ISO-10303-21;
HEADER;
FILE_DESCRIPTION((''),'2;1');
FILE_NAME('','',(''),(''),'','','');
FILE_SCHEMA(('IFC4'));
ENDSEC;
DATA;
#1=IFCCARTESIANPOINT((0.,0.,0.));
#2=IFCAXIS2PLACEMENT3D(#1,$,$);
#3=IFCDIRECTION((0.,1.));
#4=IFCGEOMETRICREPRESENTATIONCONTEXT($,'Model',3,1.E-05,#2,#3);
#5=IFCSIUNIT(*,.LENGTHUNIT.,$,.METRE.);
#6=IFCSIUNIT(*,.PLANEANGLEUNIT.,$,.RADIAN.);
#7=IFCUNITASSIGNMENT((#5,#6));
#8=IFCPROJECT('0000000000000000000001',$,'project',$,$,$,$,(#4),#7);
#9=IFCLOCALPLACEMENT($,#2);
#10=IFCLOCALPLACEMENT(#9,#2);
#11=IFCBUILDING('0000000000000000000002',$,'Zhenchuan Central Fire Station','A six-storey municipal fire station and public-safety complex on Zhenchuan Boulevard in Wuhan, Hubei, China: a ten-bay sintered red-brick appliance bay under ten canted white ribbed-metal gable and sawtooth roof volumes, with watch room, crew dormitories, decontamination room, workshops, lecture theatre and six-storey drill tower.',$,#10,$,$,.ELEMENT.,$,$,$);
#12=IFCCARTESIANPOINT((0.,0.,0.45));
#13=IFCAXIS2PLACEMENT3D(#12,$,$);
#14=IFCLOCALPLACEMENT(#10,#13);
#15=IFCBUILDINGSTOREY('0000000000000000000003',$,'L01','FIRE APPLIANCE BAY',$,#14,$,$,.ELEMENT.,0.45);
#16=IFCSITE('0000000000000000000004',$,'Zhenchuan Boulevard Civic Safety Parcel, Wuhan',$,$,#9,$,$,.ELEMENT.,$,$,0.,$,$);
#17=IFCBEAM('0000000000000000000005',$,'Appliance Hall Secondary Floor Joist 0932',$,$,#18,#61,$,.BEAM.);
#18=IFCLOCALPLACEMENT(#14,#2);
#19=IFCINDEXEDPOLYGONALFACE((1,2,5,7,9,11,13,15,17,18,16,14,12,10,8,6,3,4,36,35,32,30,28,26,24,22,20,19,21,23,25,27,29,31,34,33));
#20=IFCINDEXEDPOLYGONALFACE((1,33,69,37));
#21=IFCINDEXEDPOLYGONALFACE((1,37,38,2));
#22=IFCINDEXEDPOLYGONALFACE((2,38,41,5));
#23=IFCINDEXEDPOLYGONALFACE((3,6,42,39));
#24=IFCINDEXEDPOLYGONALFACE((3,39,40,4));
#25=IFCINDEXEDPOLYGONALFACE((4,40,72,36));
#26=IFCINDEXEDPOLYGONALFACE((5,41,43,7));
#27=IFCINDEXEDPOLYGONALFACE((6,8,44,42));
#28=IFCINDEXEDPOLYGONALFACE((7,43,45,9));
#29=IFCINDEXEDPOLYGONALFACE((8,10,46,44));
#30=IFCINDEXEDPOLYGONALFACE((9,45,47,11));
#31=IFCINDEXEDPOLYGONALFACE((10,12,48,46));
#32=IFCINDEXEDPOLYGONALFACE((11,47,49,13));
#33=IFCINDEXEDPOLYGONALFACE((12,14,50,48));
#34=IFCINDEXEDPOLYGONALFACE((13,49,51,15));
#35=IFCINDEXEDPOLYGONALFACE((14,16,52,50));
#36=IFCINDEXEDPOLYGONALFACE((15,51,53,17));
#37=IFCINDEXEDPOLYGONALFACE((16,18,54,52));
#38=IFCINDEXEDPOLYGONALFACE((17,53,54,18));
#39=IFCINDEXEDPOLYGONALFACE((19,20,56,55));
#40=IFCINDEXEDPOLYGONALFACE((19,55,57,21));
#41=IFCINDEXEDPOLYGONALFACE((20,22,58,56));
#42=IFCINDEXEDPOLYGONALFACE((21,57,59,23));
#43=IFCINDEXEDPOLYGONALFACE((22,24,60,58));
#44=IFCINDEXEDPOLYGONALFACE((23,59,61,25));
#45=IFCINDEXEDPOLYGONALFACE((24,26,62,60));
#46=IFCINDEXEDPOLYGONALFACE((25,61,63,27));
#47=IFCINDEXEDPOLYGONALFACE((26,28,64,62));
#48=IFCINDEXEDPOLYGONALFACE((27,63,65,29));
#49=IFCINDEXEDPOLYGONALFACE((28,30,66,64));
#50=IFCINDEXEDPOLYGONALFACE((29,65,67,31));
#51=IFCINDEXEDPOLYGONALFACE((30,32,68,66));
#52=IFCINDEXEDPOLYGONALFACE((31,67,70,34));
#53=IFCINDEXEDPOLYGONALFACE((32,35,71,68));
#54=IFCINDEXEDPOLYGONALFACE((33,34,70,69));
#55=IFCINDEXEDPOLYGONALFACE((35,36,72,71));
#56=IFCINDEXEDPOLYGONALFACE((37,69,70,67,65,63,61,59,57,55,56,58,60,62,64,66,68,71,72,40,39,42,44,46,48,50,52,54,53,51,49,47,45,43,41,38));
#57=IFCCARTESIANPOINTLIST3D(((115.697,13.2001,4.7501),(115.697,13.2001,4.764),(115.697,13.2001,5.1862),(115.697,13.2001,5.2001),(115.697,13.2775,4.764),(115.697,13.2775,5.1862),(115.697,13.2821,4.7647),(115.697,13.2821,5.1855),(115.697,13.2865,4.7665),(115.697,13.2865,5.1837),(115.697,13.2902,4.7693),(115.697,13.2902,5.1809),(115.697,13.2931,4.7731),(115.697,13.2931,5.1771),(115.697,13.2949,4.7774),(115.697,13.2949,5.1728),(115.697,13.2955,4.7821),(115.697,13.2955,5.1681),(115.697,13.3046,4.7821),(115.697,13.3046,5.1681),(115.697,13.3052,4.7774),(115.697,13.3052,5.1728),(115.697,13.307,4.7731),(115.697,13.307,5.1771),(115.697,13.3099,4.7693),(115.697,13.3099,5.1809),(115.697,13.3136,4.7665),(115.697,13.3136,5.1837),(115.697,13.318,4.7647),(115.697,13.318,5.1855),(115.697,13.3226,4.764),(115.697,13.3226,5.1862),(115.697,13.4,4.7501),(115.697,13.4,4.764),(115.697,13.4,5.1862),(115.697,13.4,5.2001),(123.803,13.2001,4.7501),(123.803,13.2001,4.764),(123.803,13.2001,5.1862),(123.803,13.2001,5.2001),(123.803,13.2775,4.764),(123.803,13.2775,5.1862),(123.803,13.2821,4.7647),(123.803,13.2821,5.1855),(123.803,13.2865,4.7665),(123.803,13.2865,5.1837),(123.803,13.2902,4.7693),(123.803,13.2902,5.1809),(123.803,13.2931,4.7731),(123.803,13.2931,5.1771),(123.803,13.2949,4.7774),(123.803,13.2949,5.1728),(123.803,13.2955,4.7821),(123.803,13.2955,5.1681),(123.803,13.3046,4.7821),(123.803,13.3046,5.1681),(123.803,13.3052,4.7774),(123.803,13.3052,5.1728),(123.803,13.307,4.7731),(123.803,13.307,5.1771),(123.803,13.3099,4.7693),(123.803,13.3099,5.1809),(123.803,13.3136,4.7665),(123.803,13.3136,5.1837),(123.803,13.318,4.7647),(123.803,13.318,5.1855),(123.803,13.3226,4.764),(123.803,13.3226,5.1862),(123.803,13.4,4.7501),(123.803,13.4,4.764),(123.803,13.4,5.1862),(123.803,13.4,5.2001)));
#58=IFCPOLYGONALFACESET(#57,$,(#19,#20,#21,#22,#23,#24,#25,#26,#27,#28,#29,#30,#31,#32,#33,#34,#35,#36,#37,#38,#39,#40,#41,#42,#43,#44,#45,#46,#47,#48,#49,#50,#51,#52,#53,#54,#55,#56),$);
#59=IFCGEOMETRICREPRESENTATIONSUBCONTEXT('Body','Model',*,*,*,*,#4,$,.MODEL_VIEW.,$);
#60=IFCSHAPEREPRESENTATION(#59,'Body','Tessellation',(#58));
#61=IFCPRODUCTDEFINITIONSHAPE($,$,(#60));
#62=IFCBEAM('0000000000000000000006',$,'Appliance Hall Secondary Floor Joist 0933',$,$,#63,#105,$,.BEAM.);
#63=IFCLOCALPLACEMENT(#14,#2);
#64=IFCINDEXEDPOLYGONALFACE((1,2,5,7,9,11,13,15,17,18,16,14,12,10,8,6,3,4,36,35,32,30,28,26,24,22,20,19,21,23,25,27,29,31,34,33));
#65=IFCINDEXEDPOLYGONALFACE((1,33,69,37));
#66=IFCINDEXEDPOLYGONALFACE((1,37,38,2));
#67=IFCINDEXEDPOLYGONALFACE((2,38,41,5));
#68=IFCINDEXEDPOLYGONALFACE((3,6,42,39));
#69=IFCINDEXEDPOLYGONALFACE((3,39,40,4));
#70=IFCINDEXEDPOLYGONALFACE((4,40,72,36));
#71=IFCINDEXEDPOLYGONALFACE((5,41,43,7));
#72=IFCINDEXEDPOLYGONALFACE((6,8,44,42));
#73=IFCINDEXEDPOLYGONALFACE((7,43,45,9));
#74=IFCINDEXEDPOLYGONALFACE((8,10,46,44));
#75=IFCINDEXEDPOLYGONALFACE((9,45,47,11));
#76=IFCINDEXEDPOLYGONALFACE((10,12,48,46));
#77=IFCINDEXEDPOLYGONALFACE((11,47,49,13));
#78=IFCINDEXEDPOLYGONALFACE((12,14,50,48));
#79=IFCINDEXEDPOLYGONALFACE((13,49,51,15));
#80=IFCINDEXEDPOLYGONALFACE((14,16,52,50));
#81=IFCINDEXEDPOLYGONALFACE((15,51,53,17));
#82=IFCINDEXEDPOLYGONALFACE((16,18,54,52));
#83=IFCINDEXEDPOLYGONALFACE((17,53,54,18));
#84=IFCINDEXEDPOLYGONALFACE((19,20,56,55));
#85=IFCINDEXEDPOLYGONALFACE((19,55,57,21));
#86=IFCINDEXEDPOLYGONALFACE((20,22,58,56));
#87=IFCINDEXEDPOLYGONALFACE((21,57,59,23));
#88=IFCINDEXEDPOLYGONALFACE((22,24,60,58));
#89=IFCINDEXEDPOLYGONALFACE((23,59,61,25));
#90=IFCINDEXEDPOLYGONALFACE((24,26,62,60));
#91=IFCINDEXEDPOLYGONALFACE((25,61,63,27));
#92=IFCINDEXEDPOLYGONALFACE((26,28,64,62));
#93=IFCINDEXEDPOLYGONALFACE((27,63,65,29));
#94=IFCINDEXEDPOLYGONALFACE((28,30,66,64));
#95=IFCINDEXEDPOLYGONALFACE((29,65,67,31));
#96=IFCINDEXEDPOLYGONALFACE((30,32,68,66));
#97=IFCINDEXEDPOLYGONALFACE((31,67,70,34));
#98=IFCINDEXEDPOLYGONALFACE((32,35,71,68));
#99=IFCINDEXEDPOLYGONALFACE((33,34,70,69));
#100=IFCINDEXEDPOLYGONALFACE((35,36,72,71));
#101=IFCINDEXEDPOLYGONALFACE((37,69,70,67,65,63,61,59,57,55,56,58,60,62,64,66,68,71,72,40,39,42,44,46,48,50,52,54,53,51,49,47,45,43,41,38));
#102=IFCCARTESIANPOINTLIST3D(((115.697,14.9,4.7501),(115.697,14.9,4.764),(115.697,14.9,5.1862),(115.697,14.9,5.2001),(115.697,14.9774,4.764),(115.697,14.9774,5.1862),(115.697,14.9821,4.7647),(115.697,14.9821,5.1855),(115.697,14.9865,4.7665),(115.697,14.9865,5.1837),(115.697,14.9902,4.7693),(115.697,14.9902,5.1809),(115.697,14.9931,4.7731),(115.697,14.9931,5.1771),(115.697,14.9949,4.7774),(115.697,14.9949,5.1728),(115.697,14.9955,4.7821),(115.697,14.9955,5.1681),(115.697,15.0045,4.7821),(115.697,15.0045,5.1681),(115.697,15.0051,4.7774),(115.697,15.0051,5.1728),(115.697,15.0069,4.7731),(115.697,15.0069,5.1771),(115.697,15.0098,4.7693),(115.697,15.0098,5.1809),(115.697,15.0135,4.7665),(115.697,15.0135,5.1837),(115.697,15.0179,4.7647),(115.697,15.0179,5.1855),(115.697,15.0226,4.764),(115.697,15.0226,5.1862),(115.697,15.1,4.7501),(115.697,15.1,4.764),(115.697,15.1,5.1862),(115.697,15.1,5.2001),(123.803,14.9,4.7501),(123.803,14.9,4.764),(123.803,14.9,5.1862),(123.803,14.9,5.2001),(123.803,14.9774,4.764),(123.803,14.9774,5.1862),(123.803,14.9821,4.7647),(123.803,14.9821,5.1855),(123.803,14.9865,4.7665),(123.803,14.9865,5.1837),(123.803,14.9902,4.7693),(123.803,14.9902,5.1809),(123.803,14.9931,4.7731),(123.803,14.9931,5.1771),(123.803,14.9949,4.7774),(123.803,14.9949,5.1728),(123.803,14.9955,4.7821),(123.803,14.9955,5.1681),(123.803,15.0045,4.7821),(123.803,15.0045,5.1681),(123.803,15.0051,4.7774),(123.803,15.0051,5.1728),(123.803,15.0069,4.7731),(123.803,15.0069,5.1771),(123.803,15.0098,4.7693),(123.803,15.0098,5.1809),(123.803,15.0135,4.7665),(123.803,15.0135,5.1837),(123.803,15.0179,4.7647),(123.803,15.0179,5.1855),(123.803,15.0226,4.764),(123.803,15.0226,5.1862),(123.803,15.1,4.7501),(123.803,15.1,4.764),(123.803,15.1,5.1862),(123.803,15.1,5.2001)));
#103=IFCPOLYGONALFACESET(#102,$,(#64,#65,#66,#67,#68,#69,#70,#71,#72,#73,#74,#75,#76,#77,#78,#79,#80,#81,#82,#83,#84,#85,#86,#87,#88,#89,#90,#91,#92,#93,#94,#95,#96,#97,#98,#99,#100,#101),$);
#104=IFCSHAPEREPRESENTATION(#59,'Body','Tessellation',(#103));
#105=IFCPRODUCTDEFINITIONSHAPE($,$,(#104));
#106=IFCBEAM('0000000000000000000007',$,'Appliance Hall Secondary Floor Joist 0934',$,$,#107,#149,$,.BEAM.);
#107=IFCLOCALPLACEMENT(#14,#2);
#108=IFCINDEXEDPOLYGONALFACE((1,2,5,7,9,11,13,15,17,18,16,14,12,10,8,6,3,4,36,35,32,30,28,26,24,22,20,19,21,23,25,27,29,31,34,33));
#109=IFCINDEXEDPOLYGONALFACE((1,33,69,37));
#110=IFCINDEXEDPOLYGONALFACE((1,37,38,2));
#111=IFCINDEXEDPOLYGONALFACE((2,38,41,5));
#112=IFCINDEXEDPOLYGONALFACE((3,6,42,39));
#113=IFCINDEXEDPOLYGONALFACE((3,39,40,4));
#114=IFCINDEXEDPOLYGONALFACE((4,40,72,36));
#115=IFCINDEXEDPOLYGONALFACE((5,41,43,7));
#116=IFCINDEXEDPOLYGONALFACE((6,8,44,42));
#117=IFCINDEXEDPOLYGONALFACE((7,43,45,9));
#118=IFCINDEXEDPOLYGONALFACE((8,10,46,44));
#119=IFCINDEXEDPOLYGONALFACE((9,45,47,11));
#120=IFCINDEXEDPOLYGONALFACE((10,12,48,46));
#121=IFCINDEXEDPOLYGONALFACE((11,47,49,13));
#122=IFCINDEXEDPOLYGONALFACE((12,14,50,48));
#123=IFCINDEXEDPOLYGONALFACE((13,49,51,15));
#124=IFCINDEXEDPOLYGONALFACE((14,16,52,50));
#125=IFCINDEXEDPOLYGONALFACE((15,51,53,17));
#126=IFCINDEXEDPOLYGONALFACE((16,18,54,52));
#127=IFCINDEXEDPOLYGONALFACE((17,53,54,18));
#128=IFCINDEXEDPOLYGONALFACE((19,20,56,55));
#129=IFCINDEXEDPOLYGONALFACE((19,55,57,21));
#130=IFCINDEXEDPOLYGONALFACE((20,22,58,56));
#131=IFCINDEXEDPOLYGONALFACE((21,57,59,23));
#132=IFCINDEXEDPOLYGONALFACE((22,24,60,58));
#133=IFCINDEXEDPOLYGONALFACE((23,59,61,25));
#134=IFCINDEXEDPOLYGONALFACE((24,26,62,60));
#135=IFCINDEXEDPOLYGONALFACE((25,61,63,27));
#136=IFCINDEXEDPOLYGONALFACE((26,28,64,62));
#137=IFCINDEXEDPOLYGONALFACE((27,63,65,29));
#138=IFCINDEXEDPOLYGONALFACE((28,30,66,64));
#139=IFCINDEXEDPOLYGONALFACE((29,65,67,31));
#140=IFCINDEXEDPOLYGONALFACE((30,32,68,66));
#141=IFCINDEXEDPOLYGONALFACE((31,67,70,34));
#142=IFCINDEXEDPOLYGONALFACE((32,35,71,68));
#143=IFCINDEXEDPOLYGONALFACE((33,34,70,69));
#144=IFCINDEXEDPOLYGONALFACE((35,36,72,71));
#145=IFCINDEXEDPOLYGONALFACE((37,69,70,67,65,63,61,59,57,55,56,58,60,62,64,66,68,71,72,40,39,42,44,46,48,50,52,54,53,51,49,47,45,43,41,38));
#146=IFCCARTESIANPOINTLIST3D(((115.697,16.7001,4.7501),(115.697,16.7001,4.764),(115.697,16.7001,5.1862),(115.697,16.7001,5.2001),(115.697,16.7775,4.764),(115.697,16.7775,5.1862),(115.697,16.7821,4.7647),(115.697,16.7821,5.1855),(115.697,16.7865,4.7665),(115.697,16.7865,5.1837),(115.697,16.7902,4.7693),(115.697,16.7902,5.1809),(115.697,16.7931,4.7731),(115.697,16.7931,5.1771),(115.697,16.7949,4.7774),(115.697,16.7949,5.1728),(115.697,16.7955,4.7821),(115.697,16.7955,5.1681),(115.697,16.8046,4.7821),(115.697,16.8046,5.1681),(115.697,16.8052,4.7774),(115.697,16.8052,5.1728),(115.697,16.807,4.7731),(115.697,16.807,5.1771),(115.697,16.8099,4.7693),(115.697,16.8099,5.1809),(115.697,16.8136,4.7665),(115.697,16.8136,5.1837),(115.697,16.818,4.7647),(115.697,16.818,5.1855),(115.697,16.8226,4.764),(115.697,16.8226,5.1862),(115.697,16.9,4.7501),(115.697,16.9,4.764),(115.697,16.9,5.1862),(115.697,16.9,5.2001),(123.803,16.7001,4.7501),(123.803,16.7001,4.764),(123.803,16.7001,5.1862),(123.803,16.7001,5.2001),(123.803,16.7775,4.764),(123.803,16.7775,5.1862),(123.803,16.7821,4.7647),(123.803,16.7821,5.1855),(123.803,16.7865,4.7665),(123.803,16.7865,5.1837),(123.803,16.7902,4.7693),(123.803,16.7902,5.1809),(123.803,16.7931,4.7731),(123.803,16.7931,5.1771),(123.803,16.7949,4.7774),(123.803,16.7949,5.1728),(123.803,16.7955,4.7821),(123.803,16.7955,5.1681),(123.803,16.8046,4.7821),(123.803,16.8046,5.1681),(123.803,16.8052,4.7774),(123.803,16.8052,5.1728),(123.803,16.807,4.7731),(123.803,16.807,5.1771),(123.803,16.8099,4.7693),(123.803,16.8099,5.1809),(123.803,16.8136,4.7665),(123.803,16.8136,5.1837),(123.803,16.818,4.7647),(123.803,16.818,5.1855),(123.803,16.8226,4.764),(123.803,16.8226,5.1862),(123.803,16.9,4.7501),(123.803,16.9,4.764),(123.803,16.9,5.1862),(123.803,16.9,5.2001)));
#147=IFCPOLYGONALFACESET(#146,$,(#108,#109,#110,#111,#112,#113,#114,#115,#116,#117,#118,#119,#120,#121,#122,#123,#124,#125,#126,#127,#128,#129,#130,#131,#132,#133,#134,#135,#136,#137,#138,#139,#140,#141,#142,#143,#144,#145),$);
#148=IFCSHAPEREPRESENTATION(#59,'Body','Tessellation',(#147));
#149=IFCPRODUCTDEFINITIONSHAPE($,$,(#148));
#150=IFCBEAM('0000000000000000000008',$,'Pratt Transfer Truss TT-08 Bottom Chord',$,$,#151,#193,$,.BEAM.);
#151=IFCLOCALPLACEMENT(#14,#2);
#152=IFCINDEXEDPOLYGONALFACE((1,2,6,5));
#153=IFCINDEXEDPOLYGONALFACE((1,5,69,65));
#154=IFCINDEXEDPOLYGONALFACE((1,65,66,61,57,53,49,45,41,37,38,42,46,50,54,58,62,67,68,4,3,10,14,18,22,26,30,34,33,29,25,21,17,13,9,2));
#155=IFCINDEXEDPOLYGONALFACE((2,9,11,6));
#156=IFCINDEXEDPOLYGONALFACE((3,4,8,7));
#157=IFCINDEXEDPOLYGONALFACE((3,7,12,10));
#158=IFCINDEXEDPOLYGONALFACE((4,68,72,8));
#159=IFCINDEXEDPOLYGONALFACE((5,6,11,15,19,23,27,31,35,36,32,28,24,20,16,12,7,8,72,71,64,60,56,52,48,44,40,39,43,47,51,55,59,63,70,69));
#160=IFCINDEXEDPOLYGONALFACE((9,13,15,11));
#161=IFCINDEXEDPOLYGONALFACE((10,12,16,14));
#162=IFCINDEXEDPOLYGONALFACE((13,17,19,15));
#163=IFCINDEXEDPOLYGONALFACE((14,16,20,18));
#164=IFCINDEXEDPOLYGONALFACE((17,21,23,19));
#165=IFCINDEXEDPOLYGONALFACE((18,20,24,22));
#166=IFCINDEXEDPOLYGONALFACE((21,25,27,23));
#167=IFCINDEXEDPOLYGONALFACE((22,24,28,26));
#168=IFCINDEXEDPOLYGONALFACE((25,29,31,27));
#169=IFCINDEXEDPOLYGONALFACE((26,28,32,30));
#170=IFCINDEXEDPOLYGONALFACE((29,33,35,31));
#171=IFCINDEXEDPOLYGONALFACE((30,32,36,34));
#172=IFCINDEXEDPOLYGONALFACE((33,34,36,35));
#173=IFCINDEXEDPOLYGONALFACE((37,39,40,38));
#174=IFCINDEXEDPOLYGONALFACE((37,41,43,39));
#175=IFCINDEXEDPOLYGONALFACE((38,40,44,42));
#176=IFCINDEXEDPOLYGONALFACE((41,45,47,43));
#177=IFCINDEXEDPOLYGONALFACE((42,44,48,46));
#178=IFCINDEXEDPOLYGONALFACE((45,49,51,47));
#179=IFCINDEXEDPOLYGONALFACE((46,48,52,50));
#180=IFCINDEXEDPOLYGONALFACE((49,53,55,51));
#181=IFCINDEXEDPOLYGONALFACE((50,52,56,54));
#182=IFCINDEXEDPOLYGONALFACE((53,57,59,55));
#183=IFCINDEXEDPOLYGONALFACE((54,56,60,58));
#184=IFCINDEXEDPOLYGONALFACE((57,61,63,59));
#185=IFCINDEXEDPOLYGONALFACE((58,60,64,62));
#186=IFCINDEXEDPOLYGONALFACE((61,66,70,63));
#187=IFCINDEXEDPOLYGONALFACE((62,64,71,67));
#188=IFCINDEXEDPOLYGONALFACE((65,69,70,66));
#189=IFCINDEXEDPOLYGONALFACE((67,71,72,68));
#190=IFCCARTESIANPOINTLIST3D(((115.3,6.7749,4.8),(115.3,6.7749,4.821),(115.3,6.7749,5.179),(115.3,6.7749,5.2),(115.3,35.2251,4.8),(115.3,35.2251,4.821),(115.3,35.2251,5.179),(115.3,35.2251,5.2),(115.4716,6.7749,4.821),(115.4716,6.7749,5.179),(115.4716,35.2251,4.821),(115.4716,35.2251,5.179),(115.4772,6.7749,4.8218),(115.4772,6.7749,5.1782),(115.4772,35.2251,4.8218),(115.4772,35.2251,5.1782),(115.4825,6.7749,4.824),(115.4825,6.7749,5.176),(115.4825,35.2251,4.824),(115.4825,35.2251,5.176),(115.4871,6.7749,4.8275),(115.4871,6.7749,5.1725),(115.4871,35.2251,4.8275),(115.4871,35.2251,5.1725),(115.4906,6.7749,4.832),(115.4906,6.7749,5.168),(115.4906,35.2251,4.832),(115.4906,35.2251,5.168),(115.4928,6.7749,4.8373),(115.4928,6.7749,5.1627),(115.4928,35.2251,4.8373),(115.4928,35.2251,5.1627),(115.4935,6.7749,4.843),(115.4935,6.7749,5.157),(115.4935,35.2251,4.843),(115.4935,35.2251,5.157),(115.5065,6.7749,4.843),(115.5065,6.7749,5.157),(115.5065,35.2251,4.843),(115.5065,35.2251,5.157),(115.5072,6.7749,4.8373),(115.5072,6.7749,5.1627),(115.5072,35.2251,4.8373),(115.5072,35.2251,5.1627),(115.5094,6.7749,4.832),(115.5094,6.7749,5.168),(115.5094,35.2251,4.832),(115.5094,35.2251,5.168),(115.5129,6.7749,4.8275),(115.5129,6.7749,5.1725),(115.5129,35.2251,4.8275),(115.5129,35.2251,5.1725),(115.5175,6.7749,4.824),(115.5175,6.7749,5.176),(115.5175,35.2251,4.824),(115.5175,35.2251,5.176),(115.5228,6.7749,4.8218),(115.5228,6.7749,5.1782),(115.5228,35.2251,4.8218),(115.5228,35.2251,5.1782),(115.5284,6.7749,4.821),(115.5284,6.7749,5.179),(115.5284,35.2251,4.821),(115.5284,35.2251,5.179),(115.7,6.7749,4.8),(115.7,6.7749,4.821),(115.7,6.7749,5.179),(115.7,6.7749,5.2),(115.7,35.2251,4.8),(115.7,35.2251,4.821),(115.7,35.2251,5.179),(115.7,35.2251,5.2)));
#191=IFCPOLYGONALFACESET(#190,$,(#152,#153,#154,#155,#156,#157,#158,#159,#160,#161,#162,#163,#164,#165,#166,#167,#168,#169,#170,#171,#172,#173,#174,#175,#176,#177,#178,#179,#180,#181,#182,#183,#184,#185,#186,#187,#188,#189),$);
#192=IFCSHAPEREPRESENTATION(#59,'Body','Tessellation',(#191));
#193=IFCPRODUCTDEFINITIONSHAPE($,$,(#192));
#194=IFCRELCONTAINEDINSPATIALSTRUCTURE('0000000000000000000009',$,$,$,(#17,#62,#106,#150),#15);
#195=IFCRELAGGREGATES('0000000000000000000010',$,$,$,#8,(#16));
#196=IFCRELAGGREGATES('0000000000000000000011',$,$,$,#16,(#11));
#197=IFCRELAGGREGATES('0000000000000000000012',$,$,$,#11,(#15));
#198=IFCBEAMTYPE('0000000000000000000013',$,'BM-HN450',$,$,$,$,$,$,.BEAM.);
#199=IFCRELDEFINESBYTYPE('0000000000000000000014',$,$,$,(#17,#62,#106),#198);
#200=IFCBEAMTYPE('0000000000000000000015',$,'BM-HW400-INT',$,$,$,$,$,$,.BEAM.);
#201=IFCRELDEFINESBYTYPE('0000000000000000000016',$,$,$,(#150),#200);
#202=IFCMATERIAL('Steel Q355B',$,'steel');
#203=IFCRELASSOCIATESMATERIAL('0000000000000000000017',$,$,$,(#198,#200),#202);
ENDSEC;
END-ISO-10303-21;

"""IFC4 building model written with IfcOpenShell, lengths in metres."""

from ifc_helpers import new_model, si_unit, direction, frame, origin, origin_2d, place, context, subcontext, project, spatial, i_section, extrude, material, material_profile, profile_set, type_object, element, save


model = new_model("IFC4")

# Units and contexts
model_context = context("Model", 3, precision=1e-05, world=origin(), true_north=direction((0.0, 1.0)))
body_context = subcontext(model_context, "Body", "Model", "MODEL_VIEW")
ifc_project = project(units=[si_unit("LENGTHUNIT", "METRE"), si_unit("PLANEANGLEUNIT", "RADIAN")], contexts=[model_context])

# Site, building, storey
site_placement = place(None, origin())
site = spatial("IfcSite", under=ifc_project, at=site_placement, Name="Zhenchuan Boulevard Civic Safety Parcel, Wuhan", CompositionType="ELEMENT", RefElevation=0.0)
building_placement = place(site_placement, origin())
building = spatial("IfcBuilding", under=site, at=building_placement, Name="Zhenchuan Central Fire Station", Description="A six-storey municipal fire station and public-safety complex on Zhenchuan Boulevard in Wuhan, Hubei, China: a ten-bay sintered red-brick appliance bay under ten canted white ribbed-metal gable and sawtooth roof volumes, with watch room, crew dormitories, decontamination room, workshops, lecture theatre and six-storey drill tower.", CompositionType="ELEMENT")
storey_placement = place(building_placement, frame((0.0, 0.0, 0.45)))
storey = spatial("IfcBuildingStorey", under=building, at=storey_placement, Name="L01", Description="FIRE APPLIANCE BAY", CompositionType="ELEMENT", Elevation=0.45)

# Shared definitions
ifc_material_1 = material(Name="Steel Q355B", Category="steel")

# Beams
ifc_material_profile_1 = material_profile(ifc_material_1, i_section(OverallWidth=0.2, OverallDepth=0.45, WebThickness=0.009, FlangeThickness=0.0139, FilletRadius=0.0181, at=origin_2d()), Name="HN 450x200")
ifc_profile_set_1 = profile_set([ifc_material_profile_1], Name="Steel Q355B")
beam_type_1 = type_object("IfcBeamType", Name="BM-HN450", PredefinedType="BEAM", material=ifc_profile_set_1)
for number, where, z_axis, x_axis, name in (
    (1, (115.697, 13.3, 4.9751), (1.0, 0.0, 0.0), (0.0, 1.0, 0.0), "Appliance Hall Secondary Floor Joist 0932"),
    (2, (115.697, 15.0, 4.9751), (1.0, 0.0, 0.0), (0.0, 1.0, 0.0), "Appliance Hall Secondary Floor Joist 0933"),
    (3, (115.697, 16.8, 4.9751), (1.0, 0.0, 0.0), (0.0, 1.0, 0.0), "Appliance Hall Secondary Floor Joist 0934"),
):
    element("IfcBeam", number, at=place(storey_placement, frame(where, z_axis=z_axis, x_axis=x_axis)), inside=storey, type_object=beam_type_1, Name=name, PredefinedType="BEAM", context=body_context, shape_type="SweptSolid", body=[
        extrude(i_section(OverallWidth=0.2, OverallDepth=0.45, WebThickness=0.009, FlangeThickness=0.0139, FilletRadius=0.0181, at=origin_2d()), origin(), (0.0, 0.0, 1.0), 8.106),
    ])
ifc_material_profile_2 = material_profile(ifc_material_1, i_section(OverallWidth=0.3999, OverallDepth=0.3999, WebThickness=0.0129, FlangeThickness=0.021, FilletRadius=0.022, at=origin_2d()), Name="HW 400x400")
ifc_profile_set_2 = profile_set([ifc_material_profile_2], Name="Steel Q355B")
beam_type_2 = type_object("IfcBeamType", Name="BM-HW400-INT", PredefinedType="BEAM", material=ifc_profile_set_2)
beam_1_placement = place(storey_placement, frame((115.5, 6.7749, 5.0), z_axis=(0.0, 1.0, 0.0), x_axis=(-1.0, 0.0, 0.0)))
element("IfcBeam", 4, at=beam_1_placement, inside=storey, type_object=beam_type_2, Name="Pratt Transfer Truss TT-08 Bottom Chord", PredefinedType="BEAM", context=body_context, shape_type="SweptSolid", body=[
    extrude(i_section(OverallWidth=0.3999, OverallDepth=0.3999, WebThickness=0.0129, FlangeThickness=0.021, FilletRadius=0.022, at=origin_2d()), origin(), (0.0, 0.0, 1.0), 28.4502),
])

save(model, "model.ifc")
